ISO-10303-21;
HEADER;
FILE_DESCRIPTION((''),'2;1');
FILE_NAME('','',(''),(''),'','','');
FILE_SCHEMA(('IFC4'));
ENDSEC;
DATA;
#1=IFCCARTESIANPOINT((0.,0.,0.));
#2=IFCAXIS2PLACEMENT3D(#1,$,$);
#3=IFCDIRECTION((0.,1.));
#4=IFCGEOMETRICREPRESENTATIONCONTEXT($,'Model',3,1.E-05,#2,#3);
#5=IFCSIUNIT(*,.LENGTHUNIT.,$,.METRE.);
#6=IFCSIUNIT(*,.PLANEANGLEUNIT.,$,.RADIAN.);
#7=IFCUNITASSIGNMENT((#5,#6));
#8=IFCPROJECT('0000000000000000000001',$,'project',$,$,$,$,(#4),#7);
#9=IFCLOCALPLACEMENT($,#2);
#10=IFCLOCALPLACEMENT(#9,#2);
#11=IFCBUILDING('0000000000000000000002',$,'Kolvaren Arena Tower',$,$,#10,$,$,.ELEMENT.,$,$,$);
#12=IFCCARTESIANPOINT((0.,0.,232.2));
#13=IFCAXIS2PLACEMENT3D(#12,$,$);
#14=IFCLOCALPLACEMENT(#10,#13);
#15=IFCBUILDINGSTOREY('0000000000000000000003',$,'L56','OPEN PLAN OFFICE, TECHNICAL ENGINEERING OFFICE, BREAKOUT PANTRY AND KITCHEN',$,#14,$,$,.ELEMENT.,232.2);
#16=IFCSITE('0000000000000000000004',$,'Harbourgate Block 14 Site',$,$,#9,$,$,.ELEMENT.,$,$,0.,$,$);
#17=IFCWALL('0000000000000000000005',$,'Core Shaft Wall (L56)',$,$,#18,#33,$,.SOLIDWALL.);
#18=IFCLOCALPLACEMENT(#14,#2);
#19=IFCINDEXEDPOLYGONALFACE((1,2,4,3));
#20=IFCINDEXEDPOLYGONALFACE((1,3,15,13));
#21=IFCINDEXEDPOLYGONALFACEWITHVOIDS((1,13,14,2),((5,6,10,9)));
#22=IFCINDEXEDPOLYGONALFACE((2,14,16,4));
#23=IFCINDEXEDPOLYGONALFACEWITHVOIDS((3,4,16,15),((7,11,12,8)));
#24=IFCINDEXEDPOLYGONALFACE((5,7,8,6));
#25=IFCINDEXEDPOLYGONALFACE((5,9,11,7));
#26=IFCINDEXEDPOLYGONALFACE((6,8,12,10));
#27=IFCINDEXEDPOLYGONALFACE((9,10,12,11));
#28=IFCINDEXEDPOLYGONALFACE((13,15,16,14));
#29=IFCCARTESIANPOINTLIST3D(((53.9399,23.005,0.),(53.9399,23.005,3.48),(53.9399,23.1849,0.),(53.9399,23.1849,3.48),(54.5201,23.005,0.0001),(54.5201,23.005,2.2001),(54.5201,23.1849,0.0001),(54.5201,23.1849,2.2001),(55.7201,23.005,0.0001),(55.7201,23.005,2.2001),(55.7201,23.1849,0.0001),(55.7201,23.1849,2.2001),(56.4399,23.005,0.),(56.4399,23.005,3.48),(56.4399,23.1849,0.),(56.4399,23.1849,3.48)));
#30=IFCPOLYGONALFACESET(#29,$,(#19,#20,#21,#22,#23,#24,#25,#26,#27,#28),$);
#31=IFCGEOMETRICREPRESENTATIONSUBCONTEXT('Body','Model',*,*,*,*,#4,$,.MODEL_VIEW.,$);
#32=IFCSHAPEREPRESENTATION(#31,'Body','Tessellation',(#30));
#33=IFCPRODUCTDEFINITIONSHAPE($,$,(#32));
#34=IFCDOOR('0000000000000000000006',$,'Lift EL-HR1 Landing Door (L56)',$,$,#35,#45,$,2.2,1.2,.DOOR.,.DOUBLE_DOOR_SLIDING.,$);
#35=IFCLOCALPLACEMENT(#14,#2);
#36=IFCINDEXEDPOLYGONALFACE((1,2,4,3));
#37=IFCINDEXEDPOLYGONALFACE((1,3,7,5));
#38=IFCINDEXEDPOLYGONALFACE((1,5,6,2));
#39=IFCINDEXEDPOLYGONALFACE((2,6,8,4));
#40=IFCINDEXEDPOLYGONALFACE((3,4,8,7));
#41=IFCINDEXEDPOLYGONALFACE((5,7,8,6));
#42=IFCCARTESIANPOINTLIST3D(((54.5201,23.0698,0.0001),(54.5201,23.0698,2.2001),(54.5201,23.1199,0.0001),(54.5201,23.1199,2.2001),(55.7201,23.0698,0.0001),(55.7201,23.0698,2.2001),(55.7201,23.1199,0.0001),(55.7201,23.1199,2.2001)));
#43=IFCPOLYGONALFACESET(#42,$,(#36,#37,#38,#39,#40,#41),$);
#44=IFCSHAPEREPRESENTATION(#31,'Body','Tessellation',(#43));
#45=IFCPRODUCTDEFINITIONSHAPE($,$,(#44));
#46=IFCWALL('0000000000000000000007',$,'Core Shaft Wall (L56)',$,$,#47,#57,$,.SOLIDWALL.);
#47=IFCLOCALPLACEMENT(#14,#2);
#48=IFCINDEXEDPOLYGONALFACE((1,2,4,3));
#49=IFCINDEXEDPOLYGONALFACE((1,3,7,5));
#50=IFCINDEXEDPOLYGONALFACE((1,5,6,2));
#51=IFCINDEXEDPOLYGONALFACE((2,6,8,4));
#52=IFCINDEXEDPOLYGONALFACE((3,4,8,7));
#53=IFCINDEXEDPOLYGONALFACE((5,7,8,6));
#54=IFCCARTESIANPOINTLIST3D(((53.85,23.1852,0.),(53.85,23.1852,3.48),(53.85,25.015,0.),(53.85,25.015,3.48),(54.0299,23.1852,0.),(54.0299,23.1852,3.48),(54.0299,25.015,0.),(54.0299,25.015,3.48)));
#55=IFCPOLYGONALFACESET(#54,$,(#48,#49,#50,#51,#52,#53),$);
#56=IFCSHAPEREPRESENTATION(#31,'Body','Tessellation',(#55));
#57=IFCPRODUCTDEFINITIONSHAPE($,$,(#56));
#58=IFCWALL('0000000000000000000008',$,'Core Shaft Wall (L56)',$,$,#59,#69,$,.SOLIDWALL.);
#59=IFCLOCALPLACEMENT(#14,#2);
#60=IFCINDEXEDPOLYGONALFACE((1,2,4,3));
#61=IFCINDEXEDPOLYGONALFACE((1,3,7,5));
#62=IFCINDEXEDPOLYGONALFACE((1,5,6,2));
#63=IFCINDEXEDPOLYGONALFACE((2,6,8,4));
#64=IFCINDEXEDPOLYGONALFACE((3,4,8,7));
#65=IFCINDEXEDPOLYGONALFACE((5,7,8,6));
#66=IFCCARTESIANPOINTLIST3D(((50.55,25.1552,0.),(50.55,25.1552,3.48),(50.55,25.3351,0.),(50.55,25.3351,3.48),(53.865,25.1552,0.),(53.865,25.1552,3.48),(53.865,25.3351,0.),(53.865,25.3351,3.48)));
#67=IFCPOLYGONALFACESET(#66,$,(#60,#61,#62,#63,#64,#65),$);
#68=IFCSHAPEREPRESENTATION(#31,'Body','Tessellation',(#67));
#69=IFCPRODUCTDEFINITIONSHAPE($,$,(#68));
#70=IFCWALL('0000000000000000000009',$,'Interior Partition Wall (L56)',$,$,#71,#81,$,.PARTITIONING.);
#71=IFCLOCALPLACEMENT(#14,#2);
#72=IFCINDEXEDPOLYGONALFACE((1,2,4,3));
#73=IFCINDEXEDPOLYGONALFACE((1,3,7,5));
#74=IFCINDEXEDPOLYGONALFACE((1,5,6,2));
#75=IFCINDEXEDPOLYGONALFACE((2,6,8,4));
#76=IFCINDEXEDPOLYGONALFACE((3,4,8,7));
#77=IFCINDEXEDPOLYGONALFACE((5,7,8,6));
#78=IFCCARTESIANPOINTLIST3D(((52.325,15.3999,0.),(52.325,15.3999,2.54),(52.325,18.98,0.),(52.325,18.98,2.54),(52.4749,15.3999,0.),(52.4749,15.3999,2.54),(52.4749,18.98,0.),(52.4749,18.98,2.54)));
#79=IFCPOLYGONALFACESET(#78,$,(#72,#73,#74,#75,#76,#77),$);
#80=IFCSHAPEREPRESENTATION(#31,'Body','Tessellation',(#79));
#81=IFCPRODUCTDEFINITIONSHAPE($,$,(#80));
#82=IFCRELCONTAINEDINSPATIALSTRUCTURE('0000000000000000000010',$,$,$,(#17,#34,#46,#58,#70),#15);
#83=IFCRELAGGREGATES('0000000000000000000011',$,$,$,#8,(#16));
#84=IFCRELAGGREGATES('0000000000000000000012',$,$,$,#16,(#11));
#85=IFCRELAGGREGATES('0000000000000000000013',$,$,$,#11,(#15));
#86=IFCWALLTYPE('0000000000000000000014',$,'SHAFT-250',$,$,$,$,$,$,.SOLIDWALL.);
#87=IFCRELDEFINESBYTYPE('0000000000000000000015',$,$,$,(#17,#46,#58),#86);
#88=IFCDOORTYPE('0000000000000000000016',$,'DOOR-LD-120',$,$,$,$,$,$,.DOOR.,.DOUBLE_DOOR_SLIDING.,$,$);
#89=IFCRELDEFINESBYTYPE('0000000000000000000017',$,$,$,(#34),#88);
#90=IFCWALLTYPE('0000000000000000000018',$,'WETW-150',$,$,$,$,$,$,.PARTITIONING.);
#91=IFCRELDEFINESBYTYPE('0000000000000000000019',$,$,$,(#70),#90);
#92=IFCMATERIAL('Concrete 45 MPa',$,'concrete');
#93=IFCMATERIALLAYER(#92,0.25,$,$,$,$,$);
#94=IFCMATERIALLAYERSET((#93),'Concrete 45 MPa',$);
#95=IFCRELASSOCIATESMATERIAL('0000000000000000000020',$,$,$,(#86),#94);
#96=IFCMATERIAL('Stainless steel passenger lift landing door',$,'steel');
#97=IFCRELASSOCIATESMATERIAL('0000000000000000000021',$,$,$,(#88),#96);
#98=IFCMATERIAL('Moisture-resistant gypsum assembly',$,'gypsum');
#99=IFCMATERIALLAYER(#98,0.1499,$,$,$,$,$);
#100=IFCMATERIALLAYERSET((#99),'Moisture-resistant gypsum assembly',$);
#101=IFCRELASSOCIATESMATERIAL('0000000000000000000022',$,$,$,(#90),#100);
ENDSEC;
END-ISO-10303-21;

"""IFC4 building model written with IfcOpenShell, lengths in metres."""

from ifc_helpers import new_model, si_unit, direction, frame, frame_2d, origin, place, context, subcontext, project, spatial, rectangle, extrude, material, layer, layer_set, type_object, element, fill, save


model = new_model("IFC4")

# Units and contexts
model_context = context("Model", 3, precision=1e-05, world=origin(), true_north=direction((0.0, 1.0)))
body_context = subcontext(model_context, "Body", "Model", "MODEL_VIEW")
ifc_project = project(units=[si_unit("LENGTHUNIT", "METRE"), si_unit("PLANEANGLEUNIT", "RADIAN")], contexts=[model_context])

# Site, building, storey
site_placement = place(None, origin())
site = spatial("IfcSite", under=ifc_project, at=site_placement, Name="Harbourgate Block 14 Site", CompositionType="ELEMENT", RefElevation=0.0)
building_placement = place(site_placement, origin())
building = spatial("IfcBuilding", under=site, at=building_placement, Name="Kolvaren Arena Tower", CompositionType="ELEMENT")
storey_placement = place(building_placement, frame((0.0, 0.0, 232.2)))
storey = spatial("IfcBuildingStorey", under=building, at=storey_placement, Name="L56", Description="OPEN PLAN OFFICE, TECHNICAL ENGINEERING OFFICE, BREAKOUT PANTRY AND KITCHEN", CompositionType="ELEMENT", Elevation=232.2)

# Shared definitions
ifc_material_1 = material(Name="Concrete 45 MPa", Category="concrete")
ifc_layer_1 = layer(ifc_material_1, 0.25)
ifc_layer_set_1 = layer_set([ifc_layer_1], Name="Concrete 45 MPa")
wall_type_1 = type_object("IfcWallType", Name="SHAFT-250", PredefinedType="SOLIDWALL", material=ifc_layer_set_1)

# Wall, opening, door
wall_1_placement = place(storey_placement, frame((53.9399, 23.095, 0.0), z_axis=(0.0, 0.0, 1.0), x_axis=(1.0, 0.0, 0.0)))
wall_1 = element("IfcWall", 1, at=wall_1_placement, inside=storey, type_object=wall_type_1, Name="Core Shaft Wall (L56)", PredefinedType="SOLIDWALL", context=body_context, shape_type="SweptSolid", body=[
    extrude(rectangle(XDim=2.5, YDim=0.1799, at=frame_2d((1.25, 0.0))), origin(), (0.0, 0.0, 1.0), 3.48),
])
opening_1_placement = place(wall_1_placement, frame((0.5801, 0.0, 0.0)))
opening_1 = element("IfcOpeningElement", 2, at=opening_1_placement, cuts=wall_1, PredefinedType="OPENING", context=body_context, shape_type="SweptSolid", body=[
    extrude(rectangle(XDim=1.2, YDim=2.2, at=frame_2d((0.6001, 1.1001))), frame((0.0, 0.0999, 0.0), z_axis=(0.0, -1.0, 0.0), x_axis=(1.0, 0.0, 0.0)), (0.0, 0.0, 1.0), 0.2),
])
ifc_material_2 = material(Name="Stainless steel passenger lift landing door", Category="steel")
door_type_1 = type_object("IfcDoorType", Name="DOOR-LD-120", OperationType="DOUBLE_DOOR_SLIDING", PredefinedType="DOOR", material=ifc_material_2)
door_1_placement = place(opening_1_placement, origin())
door_1 = element("IfcDoor", 3, at=door_1_placement, inside=storey, type_object=door_type_1, Name="Lift EL-HR1 Landing Door (L56)", OperationType="DOUBLE_DOOR_SLIDING", OverallHeight=2.2, OverallWidth=1.2, PredefinedType="DOOR", context=body_context, shape_type="SweptSolid", body=[
    extrude(rectangle(XDim=1.2, YDim=2.2, at=frame_2d((0.6001, 1.1001))), frame((0.0, 0.0249, 0.0), z_axis=(0.0, -1.0, 0.0), x_axis=(1.0, 0.0, 0.0)), (0.0, 0.0, 1.0), 0.05),
])
fill(opening_1, door_1)

# Walls
wall_2_placement = place(storey_placement, frame((53.9399, 23.1851, 0.0), z_axis=(0.0, 0.0, 1.0), x_axis=(0.0, 1.0, 0.0)))
element("IfcWall", 4, at=wall_2_placement, inside=storey, type_object=wall_type_1, Name="Core Shaft Wall (L56)", PredefinedType="SOLIDWALL", context=body_context, shape_type="SweptSolid", body=[
    extrude(rectangle(XDim=1.8298, YDim=0.1799, at=frame_2d((0.915, 0.0))), origin(), (0.0, 0.0, 1.0), 3.48),
])
wall_3_placement = place(storey_placement, frame((50.55, 25.2451, 0.0), z_axis=(0.0, 0.0, 1.0), x_axis=(1.0, 0.0, 0.0)))
element("IfcWall", 5, at=wall_3_placement, inside=storey, type_object=wall_type_1, Name="Core Shaft Wall (L56)", PredefinedType="SOLIDWALL", context=body_context, shape_type="SweptSolid", body=[
    extrude(rectangle(XDim=3.3149, YDim=0.1799, at=frame_2d((1.6575, 0.0))), origin(), (0.0, 0.0, 1.0), 3.48),
])
ifc_material_3 = material(Name="Moisture-resistant gypsum assembly", Category="gypsum")
ifc_layer_2 = layer(ifc_material_3, 0.1499)
ifc_layer_set_2 = layer_set([ifc_layer_2], Name="Moisture-resistant gypsum assembly")
wall_type_2 = type_object("IfcWallType", Name="WETW-150", PredefinedType="PARTITIONING", material=ifc_layer_set_2)
wall_4_placement = place(storey_placement, frame((52.3999, 15.3999, 0.0), z_axis=(0.0, 0.0, 1.0), x_axis=(0.0, 1.0, 0.0)))
element("IfcWall", 6, at=wall_4_placement, inside=storey, type_object=wall_type_2, Name="Interior Partition Wall (L56)", PredefinedType="PARTITIONING", context=body_context, shape_type="SweptSolid", body=[
    extrude(rectangle(XDim=3.5801, YDim=0.1499, at=frame_2d((1.79, 0.0))), origin(), (0.0, 0.0, 1.0), 2.54),
])

save(model, "model.ifc")
